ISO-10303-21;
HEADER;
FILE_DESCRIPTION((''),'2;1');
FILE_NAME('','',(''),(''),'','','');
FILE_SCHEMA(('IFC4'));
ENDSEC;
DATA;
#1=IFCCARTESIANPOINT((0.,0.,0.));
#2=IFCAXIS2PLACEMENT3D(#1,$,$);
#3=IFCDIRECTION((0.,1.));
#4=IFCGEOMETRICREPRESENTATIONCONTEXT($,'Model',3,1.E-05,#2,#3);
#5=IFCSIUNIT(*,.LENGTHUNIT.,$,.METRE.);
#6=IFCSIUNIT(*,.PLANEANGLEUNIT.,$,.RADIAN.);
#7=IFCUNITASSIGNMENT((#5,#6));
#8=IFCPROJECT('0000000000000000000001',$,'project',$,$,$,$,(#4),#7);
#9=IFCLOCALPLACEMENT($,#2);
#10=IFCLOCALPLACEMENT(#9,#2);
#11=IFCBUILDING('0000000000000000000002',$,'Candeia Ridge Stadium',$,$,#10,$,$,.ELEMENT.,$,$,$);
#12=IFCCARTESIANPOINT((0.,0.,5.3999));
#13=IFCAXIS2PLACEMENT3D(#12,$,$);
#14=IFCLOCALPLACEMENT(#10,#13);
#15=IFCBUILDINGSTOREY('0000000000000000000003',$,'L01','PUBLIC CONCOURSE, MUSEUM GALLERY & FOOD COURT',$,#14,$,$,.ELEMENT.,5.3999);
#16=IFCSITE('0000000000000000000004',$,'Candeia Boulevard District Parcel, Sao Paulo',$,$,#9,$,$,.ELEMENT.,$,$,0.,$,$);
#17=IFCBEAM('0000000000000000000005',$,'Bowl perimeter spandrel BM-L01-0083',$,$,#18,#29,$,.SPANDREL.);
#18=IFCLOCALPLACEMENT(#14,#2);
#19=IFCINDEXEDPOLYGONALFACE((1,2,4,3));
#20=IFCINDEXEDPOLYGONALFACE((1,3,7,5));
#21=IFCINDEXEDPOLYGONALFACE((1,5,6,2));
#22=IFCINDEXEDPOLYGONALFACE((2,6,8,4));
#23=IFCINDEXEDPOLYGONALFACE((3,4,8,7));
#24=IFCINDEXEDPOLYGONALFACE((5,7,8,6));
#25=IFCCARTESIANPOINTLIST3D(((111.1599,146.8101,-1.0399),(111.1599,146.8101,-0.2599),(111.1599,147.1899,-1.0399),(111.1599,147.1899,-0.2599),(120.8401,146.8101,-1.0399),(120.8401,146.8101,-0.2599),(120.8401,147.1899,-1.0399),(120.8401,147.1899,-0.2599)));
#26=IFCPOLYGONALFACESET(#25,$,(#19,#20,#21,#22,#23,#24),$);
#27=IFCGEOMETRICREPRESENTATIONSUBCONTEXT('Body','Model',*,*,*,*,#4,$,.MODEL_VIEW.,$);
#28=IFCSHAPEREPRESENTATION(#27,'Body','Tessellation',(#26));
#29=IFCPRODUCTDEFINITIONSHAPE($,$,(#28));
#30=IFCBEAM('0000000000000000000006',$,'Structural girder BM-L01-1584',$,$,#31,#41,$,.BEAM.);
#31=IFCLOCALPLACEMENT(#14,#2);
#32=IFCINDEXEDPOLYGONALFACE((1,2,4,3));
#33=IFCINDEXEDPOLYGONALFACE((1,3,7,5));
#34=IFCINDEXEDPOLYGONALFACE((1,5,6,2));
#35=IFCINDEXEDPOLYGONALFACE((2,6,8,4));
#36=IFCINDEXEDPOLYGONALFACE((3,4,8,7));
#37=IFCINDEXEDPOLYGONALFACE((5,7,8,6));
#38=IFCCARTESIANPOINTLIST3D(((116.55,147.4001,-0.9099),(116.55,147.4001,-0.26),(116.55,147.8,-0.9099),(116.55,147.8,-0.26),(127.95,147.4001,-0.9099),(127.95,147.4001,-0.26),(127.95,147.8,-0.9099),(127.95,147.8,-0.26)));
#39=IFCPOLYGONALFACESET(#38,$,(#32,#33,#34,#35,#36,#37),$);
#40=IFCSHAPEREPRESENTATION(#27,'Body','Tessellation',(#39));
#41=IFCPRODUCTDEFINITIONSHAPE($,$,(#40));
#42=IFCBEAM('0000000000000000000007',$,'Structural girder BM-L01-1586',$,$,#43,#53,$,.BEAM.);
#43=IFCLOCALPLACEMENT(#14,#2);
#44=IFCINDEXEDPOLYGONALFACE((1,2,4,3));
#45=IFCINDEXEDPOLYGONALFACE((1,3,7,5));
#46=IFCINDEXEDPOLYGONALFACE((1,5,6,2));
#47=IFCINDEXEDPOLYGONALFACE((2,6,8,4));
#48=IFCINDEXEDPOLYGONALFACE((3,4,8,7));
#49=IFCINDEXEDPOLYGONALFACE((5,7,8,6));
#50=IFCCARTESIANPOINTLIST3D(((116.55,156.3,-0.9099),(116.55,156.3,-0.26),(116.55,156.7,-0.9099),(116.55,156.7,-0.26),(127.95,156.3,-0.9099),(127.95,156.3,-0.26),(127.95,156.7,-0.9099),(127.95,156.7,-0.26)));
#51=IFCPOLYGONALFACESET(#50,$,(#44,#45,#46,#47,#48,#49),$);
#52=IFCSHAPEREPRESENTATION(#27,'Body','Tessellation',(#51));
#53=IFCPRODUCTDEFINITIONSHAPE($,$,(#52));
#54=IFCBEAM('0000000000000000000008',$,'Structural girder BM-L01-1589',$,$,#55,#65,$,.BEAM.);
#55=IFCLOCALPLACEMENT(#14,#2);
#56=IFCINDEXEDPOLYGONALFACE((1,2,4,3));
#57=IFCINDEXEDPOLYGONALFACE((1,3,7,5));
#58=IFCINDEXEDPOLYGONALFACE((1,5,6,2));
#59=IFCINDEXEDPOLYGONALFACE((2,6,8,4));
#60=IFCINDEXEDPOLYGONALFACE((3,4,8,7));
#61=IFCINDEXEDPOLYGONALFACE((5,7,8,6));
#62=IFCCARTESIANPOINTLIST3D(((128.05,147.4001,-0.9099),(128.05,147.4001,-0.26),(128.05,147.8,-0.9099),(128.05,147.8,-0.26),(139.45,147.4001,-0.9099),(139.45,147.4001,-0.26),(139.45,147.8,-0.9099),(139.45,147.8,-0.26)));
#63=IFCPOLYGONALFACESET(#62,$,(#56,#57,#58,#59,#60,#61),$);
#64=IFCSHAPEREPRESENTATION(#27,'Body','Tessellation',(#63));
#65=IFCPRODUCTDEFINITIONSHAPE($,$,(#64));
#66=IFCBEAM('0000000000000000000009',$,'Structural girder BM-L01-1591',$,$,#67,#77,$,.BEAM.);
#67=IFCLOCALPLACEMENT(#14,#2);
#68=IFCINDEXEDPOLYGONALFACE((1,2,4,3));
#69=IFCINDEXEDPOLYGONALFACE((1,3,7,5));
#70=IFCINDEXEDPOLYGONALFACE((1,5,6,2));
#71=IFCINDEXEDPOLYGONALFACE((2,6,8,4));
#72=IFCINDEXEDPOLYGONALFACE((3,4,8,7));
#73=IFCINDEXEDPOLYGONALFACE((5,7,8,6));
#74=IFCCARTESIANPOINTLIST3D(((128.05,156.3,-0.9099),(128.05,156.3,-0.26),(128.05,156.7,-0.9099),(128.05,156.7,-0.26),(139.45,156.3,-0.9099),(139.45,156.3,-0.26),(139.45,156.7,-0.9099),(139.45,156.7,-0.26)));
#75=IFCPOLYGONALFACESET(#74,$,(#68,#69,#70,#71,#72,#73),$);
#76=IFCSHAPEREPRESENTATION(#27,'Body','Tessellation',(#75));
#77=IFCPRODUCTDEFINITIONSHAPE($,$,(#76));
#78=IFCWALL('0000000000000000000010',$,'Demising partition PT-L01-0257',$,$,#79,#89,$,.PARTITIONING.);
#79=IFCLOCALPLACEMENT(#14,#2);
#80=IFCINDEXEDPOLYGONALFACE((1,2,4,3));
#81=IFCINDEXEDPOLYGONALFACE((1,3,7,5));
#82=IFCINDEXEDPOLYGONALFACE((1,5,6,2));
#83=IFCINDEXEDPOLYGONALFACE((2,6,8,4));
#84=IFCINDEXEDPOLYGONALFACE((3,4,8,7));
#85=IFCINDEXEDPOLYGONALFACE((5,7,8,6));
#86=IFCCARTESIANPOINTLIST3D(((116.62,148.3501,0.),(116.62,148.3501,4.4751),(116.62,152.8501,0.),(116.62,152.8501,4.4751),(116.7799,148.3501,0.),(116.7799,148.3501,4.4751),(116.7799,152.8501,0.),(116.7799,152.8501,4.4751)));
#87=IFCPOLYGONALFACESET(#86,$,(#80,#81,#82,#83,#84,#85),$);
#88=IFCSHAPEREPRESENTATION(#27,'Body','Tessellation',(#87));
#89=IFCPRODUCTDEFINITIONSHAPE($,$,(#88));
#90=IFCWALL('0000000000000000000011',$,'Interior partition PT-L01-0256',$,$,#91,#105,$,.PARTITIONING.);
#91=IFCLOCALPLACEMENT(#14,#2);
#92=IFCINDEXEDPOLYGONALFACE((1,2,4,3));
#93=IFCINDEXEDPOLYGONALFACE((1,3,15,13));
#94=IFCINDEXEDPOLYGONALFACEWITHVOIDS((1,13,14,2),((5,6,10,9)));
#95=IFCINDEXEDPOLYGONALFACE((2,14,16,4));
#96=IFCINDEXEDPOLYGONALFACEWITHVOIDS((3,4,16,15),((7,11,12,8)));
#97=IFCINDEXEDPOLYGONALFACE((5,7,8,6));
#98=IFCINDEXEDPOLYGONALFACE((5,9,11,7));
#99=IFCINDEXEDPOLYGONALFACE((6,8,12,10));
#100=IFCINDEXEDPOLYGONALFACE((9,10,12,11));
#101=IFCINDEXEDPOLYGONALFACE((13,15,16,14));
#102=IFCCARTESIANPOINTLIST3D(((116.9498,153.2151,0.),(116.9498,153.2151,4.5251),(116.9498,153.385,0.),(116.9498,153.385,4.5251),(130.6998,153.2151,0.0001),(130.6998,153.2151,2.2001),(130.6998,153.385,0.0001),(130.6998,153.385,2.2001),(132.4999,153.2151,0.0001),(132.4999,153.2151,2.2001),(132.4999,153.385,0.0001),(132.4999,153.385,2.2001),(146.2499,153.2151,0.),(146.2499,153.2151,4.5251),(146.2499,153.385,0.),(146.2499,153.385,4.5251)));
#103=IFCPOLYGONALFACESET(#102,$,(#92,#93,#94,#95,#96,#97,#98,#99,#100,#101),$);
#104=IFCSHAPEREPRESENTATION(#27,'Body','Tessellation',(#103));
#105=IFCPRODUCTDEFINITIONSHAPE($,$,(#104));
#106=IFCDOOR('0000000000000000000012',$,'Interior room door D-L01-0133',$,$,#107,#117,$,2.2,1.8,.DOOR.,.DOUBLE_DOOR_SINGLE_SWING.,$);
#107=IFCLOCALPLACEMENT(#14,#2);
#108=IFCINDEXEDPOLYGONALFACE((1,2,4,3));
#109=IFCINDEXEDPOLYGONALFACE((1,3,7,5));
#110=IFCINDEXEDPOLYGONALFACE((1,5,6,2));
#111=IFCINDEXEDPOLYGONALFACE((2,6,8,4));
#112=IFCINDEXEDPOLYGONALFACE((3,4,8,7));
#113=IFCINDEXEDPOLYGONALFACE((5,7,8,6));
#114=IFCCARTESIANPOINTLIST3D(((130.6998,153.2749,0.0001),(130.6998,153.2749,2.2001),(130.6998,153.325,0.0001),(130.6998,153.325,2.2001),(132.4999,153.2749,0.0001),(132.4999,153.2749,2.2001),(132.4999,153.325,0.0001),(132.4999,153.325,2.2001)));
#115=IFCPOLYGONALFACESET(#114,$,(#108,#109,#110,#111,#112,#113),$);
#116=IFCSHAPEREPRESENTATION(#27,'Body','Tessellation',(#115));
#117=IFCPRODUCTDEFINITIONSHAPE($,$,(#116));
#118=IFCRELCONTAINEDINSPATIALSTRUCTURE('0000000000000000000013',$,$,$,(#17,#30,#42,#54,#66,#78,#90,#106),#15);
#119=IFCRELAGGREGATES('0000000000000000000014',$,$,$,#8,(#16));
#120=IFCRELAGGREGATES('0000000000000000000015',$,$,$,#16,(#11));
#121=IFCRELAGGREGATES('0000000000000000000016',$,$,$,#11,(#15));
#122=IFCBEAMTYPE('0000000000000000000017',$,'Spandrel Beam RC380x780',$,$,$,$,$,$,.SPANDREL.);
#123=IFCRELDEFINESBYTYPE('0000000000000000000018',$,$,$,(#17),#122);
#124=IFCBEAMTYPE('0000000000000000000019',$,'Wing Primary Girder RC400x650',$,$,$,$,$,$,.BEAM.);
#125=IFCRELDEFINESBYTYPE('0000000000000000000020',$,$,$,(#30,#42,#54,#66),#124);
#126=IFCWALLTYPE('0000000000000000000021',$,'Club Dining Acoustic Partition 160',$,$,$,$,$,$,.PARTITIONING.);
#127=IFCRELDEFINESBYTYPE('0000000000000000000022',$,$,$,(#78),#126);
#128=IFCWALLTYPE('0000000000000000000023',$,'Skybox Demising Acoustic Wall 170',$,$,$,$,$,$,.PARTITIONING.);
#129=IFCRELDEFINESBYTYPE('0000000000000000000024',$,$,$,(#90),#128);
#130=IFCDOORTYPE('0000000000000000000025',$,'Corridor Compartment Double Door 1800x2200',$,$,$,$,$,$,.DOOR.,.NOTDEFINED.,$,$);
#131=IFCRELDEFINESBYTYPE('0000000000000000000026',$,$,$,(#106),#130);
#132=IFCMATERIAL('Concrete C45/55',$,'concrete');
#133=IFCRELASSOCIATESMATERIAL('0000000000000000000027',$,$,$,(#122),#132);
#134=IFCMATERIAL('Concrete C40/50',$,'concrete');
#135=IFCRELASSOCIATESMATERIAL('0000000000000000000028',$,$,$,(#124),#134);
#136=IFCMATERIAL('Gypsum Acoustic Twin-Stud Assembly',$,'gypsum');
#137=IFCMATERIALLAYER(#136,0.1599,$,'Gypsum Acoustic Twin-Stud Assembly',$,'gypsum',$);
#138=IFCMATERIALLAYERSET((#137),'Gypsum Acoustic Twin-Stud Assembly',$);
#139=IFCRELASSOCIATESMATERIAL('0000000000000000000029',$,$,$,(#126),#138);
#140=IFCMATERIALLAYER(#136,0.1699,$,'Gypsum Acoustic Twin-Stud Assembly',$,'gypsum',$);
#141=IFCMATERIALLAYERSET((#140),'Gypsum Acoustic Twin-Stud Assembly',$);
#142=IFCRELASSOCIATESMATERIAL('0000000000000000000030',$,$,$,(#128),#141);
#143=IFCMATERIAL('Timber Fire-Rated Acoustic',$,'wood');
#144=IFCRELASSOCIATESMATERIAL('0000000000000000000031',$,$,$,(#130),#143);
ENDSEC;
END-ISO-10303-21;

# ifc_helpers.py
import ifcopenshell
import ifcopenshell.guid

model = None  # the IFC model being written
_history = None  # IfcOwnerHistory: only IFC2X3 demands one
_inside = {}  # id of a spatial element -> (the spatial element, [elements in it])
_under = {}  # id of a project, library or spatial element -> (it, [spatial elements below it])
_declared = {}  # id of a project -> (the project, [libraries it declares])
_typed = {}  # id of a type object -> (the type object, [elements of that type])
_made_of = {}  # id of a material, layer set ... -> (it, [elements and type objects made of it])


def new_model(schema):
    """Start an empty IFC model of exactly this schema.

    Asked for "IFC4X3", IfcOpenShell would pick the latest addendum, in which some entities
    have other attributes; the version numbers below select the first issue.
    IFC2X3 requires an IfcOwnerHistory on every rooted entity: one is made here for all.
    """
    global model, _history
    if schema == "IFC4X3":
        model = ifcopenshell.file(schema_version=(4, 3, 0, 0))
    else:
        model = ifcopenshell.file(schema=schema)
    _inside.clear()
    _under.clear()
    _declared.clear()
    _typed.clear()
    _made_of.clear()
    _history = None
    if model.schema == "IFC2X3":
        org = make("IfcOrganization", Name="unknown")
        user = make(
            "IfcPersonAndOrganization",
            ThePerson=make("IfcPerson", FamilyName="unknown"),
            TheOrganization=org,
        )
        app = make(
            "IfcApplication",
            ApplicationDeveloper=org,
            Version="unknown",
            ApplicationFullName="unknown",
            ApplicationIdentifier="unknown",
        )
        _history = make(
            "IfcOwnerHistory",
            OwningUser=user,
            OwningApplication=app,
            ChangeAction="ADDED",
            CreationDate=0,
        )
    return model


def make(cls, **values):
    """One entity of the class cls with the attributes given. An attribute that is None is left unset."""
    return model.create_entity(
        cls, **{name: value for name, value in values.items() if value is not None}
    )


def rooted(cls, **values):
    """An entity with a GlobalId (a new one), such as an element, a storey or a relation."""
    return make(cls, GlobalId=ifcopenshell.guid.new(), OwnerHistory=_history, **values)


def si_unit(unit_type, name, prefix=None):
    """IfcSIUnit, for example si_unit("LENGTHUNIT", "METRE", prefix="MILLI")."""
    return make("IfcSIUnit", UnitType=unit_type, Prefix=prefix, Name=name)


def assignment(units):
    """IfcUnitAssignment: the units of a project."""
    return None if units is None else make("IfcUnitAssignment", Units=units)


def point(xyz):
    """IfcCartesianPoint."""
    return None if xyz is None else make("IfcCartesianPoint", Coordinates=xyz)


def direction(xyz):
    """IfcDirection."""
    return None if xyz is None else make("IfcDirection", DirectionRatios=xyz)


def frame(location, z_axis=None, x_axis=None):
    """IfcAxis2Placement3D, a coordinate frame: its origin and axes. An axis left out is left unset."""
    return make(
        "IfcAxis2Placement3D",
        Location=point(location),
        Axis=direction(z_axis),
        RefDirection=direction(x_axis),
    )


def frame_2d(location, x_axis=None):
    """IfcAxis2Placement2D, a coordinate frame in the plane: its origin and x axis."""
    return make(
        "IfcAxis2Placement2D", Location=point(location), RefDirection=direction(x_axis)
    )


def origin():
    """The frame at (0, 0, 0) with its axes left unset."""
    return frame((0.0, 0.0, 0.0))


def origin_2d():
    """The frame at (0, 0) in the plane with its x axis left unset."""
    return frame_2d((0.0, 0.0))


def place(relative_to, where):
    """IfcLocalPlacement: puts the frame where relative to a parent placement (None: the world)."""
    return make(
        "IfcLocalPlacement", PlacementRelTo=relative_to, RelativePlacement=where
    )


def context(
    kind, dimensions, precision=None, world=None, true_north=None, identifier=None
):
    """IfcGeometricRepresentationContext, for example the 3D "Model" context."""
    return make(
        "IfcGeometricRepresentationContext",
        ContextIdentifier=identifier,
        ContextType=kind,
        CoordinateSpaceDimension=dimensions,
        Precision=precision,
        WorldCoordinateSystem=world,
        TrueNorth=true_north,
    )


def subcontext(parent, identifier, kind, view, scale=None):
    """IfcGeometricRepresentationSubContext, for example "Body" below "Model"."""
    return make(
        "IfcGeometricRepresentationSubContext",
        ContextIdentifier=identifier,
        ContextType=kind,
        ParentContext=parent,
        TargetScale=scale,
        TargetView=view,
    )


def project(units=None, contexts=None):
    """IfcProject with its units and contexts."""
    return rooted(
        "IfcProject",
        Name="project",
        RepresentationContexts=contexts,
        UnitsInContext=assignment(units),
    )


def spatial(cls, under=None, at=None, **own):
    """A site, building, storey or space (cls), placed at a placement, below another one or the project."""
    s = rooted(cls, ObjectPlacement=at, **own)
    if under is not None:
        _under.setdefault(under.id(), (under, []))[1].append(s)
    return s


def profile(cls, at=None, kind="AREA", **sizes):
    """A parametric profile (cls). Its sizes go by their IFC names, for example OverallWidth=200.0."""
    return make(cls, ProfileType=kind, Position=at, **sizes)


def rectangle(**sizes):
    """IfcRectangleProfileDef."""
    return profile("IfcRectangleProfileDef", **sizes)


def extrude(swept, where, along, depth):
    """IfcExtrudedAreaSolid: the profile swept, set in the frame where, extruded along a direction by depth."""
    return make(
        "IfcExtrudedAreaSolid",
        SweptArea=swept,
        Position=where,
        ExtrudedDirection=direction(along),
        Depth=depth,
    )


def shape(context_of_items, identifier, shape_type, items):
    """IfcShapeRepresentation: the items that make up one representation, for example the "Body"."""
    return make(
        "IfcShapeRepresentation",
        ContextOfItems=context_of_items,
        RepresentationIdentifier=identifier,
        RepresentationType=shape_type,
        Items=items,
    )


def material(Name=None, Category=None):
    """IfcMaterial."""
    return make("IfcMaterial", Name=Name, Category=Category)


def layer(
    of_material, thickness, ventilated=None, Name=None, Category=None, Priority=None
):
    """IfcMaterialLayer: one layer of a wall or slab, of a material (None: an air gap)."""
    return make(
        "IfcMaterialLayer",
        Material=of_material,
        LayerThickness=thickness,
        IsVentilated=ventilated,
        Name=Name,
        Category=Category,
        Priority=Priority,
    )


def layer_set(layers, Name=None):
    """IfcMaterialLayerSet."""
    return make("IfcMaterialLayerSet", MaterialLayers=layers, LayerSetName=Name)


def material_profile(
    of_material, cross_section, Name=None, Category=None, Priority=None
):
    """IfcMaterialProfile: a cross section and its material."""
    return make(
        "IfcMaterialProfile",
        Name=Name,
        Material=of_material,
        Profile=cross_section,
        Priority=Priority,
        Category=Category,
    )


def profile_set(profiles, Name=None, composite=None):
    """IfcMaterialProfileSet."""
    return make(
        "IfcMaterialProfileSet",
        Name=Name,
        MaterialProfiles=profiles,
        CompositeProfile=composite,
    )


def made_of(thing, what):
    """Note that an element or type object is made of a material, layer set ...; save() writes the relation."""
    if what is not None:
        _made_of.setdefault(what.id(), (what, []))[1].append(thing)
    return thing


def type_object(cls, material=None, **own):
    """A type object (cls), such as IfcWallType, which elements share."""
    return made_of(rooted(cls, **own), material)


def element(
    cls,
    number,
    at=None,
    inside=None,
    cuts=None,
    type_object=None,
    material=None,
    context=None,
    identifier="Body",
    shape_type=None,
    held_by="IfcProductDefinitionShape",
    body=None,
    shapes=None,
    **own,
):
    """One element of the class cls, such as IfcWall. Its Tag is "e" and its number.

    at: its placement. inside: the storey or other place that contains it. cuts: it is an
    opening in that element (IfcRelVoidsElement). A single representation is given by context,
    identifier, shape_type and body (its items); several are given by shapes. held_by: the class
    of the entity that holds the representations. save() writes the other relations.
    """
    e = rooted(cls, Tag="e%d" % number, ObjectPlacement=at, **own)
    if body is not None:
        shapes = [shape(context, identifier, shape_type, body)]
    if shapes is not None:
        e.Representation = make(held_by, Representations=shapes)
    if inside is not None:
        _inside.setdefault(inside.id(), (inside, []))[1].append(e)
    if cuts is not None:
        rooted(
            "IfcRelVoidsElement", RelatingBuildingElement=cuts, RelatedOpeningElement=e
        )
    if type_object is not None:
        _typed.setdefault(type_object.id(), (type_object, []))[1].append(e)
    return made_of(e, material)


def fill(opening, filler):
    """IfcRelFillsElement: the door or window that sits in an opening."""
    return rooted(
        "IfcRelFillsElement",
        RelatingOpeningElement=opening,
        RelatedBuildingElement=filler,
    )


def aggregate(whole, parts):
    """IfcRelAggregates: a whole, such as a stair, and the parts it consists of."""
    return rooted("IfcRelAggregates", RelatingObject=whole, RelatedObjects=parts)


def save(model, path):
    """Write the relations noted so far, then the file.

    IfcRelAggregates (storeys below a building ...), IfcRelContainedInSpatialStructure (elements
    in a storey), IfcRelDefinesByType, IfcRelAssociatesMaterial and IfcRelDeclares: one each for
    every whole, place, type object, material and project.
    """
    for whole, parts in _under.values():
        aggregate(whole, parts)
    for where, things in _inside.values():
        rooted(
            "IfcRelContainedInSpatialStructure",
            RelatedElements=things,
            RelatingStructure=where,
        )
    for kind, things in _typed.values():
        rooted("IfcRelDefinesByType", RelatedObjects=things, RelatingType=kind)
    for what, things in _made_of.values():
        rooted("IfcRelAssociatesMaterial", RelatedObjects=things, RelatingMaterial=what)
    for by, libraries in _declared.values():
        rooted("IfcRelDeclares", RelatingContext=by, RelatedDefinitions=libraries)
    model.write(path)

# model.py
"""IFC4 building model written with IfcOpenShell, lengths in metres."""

from ifc_helpers import new_model, si_unit, direction, frame, frame_2d, origin, origin_2d, place, context, subcontext, project, spatial, rectangle, extrude, material, layer, layer_set, material_profile, profile_set, type_object, element, fill, save


model = new_model("IFC4")

# Units and contexts
model_context = context("Model", 3, precision=1e-05, world=origin(), true_north=direction((0.0, 1.0)))
body_context = subcontext(model_context, "Body", "Model", "MODEL_VIEW")
ifc_project = project(units=[si_unit("LENGTHUNIT", "METRE"), si_unit("PLANEANGLEUNIT", "RADIAN")], contexts=[model_context])

# Site, building, storey
site_placement = place(None, origin())
site = spatial("IfcSite", under=ifc_project, at=site_placement, Name="Candeia Boulevard District Parcel, Sao Paulo", CompositionType="ELEMENT", RefElevation=0.0)
building_placement = place(site_placement, origin())
building = spatial("IfcBuilding", under=site, at=building_placement, Name="Candeia Ridge Stadium", CompositionType="ELEMENT")
storey_placement = place(building_placement, frame((0.0, 0.0, 5.3999)))
storey = spatial("IfcBuildingStorey", under=building, at=storey_placement, Name="L01", Description="PUBLIC CONCOURSE, MUSEUM GALLERY & FOOD COURT", CompositionType="ELEMENT", Elevation=5.3999)

# Shared definitions
ifc_material_1 = material(Name="Concrete C40/50", Category="concrete")
ifc_material_2 = material(Name="Concrete C45/55", Category="concrete")

# Beams
ifc_material_profile_1 = material_profile(ifc_material_2, rectangle(XDim=0.3799, YDim=0.78, at=origin_2d()), Name="RC380x780", Category="concrete")
ifc_profile_set_1 = profile_set([ifc_material_profile_1], Name="Concrete C45/55")
beam_type_1 = type_object("IfcBeamType", Name="Spandrel Beam RC380x780", PredefinedType="SPANDREL", material=ifc_profile_set_1)
for number, where, z_axis, x_axis, name in (
    (1, (120.8401, 147.0, -0.6499), (-1.0, 0.0, 0.0), (0.0, -1.0, 0.0), "Bowl perimeter spandrel BM-L01-0083"),
):
    element("IfcBeam", number, at=place(storey_placement, frame(where, z_axis=z_axis, x_axis=x_axis)), inside=storey, type_object=beam_type_1, Name=name, PredefinedType="SPANDREL", context=body_context, shape_type="SweptSolid", body=[
        extrude(rectangle(XDim=0.3799, YDim=0.78, at=origin_2d()), origin(), (0.0, 0.0, 1.0), 9.6802),
    ])
ifc_material_profile_2 = material_profile(ifc_material_1, rectangle(XDim=0.3999, YDim=0.6499, at=origin_2d()), Name="RC400x650", Category="concrete")
ifc_profile_set_2 = profile_set([ifc_material_profile_2], Name="Concrete C40/50")
beam_type_2 = type_object("IfcBeamType", Name="Wing Primary Girder RC400x650", PredefinedType="BEAM", material=ifc_profile_set_2)
for number, where, z_axis, x_axis, name in (
    (2, (116.55, 147.6001, -0.585), (1.0, 0.0, 0.0), (0.0, 1.0, 0.0), "Structural girder BM-L01-1584"),
    (3, (116.55, 156.5, -0.585), (1.0, 0.0, 0.0), (0.0, 1.0, 0.0), "Structural girder BM-L01-1586"),
    (4, (128.05, 147.6001, -0.585), (1.0, 0.0, 0.0), (0.0, 1.0, 0.0), "Structural girder BM-L01-1589"),
    (5, (128.05, 156.5, -0.585), (1.0, 0.0, 0.0), (0.0, 1.0, 0.0), "Structural girder BM-L01-1591"),
):
    element("IfcBeam", number, at=place(storey_placement, frame(where, z_axis=z_axis, x_axis=x_axis)), inside=storey, type_object=beam_type_2, Name=name, PredefinedType="BEAM", context=body_context, shape_type="SweptSolid", body=[
        extrude(rectangle(XDim=0.3999, YDim=0.6499, at=origin_2d()), origin(), (0.0, 0.0, 1.0), 11.3999),
    ])

# Wall
ifc_material_3 = material(Name="Gypsum Acoustic Twin-Stud Assembly", Category="gypsum")
ifc_layer_1 = layer(ifc_material_3, 0.1599, Name="Gypsum Acoustic Twin-Stud Assembly", Category="gypsum")
ifc_layer_set_1 = layer_set([ifc_layer_1], Name="Gypsum Acoustic Twin-Stud Assembly")
wall_type_1 = type_object("IfcWallType", Name="Club Dining Acoustic Partition 160", PredefinedType="PARTITIONING", material=ifc_layer_set_1)
wall_1_placement = place(storey_placement, frame((116.7, 148.3501, 0.0), z_axis=(0.0, 0.0, 1.0), x_axis=(0.0, 1.0, 0.0)))
element("IfcWall", 6, at=wall_1_placement, inside=storey, type_object=wall_type_1, Name="Demising partition PT-L01-0257", PredefinedType="PARTITIONING", context=body_context, shape_type="SweptSolid", body=[
    extrude(rectangle(XDim=4.5, YDim=0.1599, at=frame_2d((2.25, 0.0))), origin(), (0.0, 0.0, 1.0), 4.4751),
])

# Wall, opening, door
ifc_layer_2 = layer(ifc_material_3, 0.1699, Name="Gypsum Acoustic Twin-Stud Assembly", Category="gypsum")
ifc_layer_set_2 = layer_set([ifc_layer_2], Name="Gypsum Acoustic Twin-Stud Assembly")
wall_type_2 = type_object("IfcWallType", Name="Skybox Demising Acoustic Wall 170", PredefinedType="PARTITIONING", material=ifc_layer_set_2)
wall_2_placement = place(storey_placement, frame((116.95, 153.3, 0.0), z_axis=(0.0, 0.0, 1.0), x_axis=(1.0, 0.0, 0.0)))
wall_2 = element("IfcWall", 7, at=wall_2_placement, inside=storey, type_object=wall_type_2, Name="Interior partition PT-L01-0256", PredefinedType="PARTITIONING", context=body_context, shape_type="SweptSolid", body=[
    extrude(rectangle(XDim=29.3, YDim=0.1699, at=frame_2d((14.6499, 0.0))), origin(), (0.0, 0.0, 1.0), 4.5251),
])
opening_placement = place(wall_2_placement, frame((13.75, 0.0, 0.0)))
opening = element("IfcOpeningElement", 8, at=opening_placement, cuts=wall_2, PredefinedType="OPENING", context=body_context, shape_type="SweptSolid", body=[
    extrude(rectangle(XDim=1.8, YDim=2.2, at=frame_2d((0.8999, 1.1001))), frame((0.0, 0.095, 0.0), z_axis=(0.0, -1.0, 0.0), x_axis=(1.0, 0.0, 0.0)), (0.0, 0.0, 1.0), 0.1899),
])
ifc_material_4 = material(Name="Timber Fire-Rated Acoustic", Category="wood")
door_type = type_object("IfcDoorType", Name="Corridor Compartment Double Door 1800x2200", OperationType="NOTDEFINED", PredefinedType="DOOR", material=ifc_material_4)
door_placement = place(opening_placement, origin())
door = element("IfcDoor", 9, at=door_placement, inside=storey, type_object=door_type, Name="Interior room door D-L01-0133", OperationType="DOUBLE_DOOR_SINGLE_SWING", OverallHeight=2.2, OverallWidth=1.8, PredefinedType="DOOR", context=body_context, shape_type="SweptSolid", body=[
    extrude(rectangle(XDim=1.8, YDim=2.2, at=frame_2d((0.8999, 1.1001))), frame((0.0, 0.0249, 0.0), z_axis=(0.0, -1.0, 0.0), x_axis=(1.0, 0.0, 0.0)), (0.0, 0.0, 1.0), 0.05),
])
fill(opening, door)

save(model, "model.ifc")
